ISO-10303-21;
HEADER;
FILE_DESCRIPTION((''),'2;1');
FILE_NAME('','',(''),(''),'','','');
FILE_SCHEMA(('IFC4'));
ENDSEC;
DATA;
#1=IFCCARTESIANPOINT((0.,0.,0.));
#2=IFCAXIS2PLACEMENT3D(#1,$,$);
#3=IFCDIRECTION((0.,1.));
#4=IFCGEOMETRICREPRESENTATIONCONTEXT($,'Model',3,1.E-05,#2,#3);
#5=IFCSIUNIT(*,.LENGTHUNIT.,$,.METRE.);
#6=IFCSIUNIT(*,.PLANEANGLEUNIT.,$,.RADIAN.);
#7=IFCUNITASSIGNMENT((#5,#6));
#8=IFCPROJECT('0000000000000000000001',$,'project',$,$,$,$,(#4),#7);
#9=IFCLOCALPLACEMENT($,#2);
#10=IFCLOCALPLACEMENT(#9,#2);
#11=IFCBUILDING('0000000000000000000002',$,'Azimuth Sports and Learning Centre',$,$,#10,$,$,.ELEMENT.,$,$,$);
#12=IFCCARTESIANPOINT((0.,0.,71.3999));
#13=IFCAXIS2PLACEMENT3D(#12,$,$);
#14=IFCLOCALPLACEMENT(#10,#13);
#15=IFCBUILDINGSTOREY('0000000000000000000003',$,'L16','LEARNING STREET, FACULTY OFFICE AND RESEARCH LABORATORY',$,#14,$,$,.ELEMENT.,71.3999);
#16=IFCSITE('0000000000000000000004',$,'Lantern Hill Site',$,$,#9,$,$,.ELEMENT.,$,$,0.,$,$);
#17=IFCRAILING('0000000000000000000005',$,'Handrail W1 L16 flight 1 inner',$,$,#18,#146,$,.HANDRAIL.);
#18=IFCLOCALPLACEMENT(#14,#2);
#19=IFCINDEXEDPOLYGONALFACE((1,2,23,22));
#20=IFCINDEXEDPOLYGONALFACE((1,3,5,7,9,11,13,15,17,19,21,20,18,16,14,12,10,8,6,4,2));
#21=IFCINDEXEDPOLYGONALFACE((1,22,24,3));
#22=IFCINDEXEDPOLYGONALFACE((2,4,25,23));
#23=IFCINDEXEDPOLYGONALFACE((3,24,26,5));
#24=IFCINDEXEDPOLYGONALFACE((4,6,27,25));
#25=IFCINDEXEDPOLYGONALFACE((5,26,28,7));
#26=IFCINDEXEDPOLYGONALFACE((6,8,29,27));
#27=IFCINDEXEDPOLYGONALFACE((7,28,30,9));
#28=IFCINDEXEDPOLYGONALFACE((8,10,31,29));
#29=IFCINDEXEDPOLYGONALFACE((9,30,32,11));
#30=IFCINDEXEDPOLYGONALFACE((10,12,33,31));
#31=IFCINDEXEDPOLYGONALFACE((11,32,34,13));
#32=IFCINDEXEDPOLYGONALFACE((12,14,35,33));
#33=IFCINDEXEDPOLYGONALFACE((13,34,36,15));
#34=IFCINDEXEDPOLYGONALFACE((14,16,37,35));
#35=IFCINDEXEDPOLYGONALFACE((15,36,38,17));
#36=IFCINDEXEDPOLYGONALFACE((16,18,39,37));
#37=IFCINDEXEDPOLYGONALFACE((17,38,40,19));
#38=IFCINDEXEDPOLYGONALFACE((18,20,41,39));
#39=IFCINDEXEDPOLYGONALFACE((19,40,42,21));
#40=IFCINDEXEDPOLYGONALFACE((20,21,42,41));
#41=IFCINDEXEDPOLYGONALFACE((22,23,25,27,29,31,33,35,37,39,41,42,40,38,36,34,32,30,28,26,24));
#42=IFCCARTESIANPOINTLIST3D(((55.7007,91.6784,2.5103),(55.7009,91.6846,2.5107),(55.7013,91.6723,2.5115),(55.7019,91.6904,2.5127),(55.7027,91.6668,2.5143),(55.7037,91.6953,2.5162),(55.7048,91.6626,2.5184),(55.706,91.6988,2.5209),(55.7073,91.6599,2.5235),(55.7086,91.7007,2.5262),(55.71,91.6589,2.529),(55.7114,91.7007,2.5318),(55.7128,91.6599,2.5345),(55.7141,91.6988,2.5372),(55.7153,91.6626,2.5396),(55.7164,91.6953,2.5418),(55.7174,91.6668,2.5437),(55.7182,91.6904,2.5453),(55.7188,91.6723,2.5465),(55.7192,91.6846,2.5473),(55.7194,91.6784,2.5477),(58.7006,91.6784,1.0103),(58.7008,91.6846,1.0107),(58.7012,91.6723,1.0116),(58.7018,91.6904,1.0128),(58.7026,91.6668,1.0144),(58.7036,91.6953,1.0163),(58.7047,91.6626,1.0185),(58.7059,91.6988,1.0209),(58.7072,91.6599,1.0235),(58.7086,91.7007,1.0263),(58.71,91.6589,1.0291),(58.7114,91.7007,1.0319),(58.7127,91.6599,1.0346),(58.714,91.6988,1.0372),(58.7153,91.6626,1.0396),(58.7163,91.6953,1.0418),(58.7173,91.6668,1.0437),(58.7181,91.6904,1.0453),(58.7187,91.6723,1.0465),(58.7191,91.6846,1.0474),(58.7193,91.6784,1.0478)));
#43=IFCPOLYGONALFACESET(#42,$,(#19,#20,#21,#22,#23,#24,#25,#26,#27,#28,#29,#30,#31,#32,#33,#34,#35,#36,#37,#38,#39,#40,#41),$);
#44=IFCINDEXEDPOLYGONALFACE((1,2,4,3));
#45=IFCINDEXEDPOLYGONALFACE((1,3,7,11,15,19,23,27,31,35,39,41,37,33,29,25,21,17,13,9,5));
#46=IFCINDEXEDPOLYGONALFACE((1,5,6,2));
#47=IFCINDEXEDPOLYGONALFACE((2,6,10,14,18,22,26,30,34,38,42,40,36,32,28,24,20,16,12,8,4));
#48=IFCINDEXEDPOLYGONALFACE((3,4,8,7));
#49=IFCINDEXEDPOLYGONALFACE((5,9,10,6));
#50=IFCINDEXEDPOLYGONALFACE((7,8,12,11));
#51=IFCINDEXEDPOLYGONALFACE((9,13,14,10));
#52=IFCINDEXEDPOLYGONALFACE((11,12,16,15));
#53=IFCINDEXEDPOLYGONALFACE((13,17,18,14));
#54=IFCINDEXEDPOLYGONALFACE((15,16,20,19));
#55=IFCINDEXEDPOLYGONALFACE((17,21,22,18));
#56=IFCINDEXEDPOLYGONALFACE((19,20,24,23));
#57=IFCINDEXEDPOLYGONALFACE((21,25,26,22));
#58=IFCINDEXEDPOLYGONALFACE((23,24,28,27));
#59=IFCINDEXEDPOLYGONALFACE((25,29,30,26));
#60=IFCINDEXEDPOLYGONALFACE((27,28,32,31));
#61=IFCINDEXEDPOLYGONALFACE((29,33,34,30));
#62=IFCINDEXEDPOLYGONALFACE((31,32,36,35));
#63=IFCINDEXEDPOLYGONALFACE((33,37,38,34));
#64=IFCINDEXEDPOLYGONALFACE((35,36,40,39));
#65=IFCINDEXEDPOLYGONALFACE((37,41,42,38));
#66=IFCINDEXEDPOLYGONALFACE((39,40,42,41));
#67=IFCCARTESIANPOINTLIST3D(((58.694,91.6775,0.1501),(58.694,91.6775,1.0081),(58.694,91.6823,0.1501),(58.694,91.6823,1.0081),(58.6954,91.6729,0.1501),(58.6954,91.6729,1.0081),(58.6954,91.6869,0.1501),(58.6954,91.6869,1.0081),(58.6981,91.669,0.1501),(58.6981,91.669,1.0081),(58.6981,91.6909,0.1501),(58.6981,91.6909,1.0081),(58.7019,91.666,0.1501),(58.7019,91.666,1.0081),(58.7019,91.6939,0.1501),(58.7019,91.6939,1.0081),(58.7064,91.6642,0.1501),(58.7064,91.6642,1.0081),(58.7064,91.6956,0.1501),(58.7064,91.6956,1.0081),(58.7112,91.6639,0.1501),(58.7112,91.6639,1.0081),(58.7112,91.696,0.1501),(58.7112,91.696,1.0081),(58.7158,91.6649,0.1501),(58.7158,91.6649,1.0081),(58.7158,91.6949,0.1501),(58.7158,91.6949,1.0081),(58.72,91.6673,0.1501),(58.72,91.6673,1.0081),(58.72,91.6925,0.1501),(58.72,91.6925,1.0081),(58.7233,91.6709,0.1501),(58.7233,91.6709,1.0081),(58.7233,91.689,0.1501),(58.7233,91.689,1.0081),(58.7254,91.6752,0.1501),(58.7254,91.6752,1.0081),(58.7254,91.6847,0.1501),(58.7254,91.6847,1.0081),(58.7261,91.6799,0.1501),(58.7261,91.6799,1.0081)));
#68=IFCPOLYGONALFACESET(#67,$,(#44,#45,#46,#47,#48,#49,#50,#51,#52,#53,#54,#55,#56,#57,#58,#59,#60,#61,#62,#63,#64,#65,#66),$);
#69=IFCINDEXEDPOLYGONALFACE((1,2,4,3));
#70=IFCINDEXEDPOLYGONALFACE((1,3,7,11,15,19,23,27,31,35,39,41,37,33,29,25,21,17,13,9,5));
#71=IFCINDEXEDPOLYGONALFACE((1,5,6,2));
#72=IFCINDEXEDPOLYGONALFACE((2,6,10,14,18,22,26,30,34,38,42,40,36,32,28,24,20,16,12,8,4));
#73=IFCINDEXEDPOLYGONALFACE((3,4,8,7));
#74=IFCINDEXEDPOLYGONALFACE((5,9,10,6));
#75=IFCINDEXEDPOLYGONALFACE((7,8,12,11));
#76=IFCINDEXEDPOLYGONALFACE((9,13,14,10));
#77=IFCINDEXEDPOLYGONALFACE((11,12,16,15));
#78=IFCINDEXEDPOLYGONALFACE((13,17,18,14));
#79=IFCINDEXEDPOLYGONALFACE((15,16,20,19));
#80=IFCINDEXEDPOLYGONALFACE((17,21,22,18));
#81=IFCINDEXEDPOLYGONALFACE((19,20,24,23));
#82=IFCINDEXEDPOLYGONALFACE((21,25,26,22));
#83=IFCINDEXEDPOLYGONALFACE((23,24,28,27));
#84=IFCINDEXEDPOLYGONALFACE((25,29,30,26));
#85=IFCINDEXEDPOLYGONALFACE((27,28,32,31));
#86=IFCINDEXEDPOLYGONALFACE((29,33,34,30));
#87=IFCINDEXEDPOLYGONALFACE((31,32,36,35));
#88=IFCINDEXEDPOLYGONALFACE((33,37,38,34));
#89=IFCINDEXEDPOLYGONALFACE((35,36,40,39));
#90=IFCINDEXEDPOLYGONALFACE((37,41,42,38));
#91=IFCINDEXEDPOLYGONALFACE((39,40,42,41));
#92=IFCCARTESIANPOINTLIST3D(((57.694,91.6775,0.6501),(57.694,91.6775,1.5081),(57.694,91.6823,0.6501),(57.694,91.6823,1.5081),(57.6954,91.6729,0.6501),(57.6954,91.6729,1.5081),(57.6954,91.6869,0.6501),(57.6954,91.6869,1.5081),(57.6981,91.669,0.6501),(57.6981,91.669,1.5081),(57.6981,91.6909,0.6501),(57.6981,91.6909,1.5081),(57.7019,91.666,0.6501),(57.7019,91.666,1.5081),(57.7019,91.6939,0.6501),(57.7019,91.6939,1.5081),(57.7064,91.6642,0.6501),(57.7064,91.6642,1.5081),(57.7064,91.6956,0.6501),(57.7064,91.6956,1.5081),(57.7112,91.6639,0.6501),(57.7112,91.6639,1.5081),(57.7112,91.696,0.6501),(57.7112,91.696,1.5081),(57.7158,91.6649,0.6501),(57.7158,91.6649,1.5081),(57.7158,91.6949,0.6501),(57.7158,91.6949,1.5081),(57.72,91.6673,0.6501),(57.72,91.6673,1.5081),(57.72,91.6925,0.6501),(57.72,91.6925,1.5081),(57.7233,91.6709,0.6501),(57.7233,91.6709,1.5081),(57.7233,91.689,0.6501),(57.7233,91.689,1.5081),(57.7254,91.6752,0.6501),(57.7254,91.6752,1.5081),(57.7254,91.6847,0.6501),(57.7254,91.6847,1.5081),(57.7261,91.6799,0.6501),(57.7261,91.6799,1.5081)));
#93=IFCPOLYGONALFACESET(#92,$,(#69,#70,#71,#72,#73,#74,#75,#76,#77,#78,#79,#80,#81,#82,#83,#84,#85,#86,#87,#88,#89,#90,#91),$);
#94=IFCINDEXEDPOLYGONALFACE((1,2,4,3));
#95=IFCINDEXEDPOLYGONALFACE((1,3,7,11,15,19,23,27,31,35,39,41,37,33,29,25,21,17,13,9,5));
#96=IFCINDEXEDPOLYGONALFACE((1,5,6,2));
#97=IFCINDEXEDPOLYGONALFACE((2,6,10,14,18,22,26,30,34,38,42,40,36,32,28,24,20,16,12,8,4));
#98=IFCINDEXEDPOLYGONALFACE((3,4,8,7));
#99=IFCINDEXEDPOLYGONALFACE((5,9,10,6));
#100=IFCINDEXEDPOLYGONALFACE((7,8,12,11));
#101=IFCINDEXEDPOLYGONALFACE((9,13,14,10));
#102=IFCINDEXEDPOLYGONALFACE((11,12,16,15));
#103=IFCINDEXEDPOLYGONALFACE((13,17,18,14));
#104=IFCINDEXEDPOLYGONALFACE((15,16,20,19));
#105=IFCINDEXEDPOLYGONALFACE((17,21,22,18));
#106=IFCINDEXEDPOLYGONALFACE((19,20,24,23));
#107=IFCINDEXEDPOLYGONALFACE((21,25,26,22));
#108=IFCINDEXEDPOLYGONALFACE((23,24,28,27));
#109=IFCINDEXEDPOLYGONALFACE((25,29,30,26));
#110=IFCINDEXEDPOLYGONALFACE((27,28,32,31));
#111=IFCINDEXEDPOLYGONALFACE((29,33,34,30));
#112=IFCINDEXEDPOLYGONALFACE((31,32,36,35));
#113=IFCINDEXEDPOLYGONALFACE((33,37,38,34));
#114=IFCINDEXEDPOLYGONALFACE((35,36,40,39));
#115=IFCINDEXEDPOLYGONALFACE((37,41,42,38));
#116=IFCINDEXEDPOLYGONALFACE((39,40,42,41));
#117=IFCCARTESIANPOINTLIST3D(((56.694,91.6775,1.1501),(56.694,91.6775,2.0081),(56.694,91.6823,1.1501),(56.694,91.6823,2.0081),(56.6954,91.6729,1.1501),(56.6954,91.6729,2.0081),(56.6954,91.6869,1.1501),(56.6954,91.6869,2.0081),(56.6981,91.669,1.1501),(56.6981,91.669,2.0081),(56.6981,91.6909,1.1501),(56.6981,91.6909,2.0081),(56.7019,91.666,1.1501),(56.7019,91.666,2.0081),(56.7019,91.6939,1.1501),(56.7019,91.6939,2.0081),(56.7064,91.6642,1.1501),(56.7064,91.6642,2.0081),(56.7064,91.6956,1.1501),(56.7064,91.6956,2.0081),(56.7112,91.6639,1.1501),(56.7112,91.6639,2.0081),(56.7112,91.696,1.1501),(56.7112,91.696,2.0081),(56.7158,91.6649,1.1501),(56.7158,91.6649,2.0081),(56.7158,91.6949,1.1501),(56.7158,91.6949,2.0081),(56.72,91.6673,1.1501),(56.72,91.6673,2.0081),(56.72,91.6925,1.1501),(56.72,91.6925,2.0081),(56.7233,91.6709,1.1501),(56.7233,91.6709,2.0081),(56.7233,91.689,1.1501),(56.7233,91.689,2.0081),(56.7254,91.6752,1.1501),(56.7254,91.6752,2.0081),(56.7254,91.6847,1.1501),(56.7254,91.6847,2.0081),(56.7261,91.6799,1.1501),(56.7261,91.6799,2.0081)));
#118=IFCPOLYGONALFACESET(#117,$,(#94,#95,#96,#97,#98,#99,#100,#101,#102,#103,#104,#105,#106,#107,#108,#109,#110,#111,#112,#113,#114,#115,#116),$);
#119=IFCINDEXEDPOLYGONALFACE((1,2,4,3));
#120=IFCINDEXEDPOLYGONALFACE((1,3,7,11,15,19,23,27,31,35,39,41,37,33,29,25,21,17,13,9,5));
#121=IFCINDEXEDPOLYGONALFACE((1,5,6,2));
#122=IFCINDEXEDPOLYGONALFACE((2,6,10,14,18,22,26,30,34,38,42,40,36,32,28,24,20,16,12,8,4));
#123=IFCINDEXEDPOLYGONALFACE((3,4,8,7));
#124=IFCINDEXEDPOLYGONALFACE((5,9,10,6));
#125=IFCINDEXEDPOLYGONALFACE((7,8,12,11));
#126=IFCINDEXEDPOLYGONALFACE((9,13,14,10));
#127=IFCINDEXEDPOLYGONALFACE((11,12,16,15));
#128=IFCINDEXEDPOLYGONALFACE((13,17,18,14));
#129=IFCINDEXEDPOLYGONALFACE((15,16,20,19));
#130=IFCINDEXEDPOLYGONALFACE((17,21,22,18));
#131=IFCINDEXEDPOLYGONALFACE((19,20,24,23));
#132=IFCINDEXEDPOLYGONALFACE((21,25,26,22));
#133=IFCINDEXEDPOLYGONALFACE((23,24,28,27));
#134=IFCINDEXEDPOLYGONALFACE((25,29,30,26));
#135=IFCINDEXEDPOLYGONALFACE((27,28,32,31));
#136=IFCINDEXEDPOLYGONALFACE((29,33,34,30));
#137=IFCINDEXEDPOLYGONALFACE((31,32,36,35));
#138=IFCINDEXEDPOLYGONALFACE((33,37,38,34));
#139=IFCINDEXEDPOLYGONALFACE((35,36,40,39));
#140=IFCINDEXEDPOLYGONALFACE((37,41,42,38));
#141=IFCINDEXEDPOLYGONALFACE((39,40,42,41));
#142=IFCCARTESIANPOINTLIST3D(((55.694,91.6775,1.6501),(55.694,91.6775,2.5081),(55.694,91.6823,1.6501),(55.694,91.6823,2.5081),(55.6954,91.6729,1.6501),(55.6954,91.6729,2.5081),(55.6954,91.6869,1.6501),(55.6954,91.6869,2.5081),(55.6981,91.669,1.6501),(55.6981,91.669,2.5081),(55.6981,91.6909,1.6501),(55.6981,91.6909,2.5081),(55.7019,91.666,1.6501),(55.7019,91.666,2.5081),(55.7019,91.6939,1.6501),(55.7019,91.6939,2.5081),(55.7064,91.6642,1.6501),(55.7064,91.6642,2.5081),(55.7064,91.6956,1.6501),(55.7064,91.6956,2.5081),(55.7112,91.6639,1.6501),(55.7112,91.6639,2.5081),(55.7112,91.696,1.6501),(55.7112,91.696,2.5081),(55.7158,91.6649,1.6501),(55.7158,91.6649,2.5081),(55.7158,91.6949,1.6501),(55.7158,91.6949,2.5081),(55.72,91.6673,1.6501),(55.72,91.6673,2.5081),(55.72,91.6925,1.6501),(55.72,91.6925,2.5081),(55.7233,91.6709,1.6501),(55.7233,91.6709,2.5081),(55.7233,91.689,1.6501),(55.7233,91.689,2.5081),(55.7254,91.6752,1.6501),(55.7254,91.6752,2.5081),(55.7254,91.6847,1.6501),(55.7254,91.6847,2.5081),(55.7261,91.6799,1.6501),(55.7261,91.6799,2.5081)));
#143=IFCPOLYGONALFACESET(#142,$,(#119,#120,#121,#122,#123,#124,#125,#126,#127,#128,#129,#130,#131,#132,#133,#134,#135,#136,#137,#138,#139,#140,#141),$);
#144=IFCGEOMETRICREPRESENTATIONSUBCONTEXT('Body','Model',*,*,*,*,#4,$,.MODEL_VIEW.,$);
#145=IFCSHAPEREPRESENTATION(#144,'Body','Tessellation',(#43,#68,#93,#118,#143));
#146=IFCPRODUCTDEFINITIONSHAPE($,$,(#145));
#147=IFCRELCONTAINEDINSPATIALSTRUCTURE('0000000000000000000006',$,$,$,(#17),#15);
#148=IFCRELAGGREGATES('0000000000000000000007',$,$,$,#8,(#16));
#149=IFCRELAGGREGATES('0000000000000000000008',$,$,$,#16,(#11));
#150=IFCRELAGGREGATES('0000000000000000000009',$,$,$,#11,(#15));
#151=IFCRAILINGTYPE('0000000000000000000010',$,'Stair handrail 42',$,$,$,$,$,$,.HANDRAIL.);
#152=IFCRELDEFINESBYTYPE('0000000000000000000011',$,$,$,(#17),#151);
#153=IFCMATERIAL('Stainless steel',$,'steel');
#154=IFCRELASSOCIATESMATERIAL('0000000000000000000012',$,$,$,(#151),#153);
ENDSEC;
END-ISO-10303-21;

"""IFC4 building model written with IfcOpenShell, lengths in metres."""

from ifc_helpers import new_model, si_unit, direction, frame, origin, origin_2d, place, context, subcontext, project, spatial, circle, extrude, material, type_object, element, save


model = new_model("IFC4")

# Units and contexts
model_context = context("Model", 3, precision=1e-05, world=origin(), true_north=direction((0.0, 1.0)))
body_context = subcontext(model_context, "Body", "Model", "MODEL_VIEW")
ifc_project = project(units=[si_unit("LENGTHUNIT", "METRE"), si_unit("PLANEANGLEUNIT", "RADIAN")], contexts=[model_context])

# Site, building, storey
site_placement = place(None, origin())
site = spatial("IfcSite", under=ifc_project, at=site_placement, Name="Lantern Hill Site", CompositionType="ELEMENT", RefElevation=0.0)
building_placement = place(site_placement, origin())
building = spatial("IfcBuilding", under=site, at=building_placement, Name="Azimuth Sports and Learning Centre", CompositionType="ELEMENT")
storey_placement = place(building_placement, frame((0.0, 0.0, 71.3999)))
storey = spatial("IfcBuildingStorey", under=building, at=storey_placement, Name="L16", Description="LEARNING STREET, FACULTY OFFICE AND RESEARCH LABORATORY", CompositionType="ELEMENT", Elevation=71.3999)

# Railing
ifc_material_1 = material(Name="Stainless steel", Category="steel")
railing_type_1 = type_object("IfcRailingType", Name="Stair handrail 42", PredefinedType="HANDRAIL", material=ifc_material_1)
for number, where, name in (
    (1, (58.71, 91.6799, 0.1501), "Handrail W1 L16 flight 1 inner"),
):
    element("IfcRailing", number, at=place(storey_placement, frame(where)), inside=storey, type_object=railing_type_1, Name=name, PredefinedType="HANDRAIL", context=body_context, shape_type="SweptSolid", body=[
        extrude(circle(Radius=0.021, at=origin_2d()), frame((0.0, 0.0, 0.8789), z_axis=(-0.894427, 0.0, 0.447214), x_axis=(0.0, -1.0, 0.0)), (0.0, 0.0, 1.0), 3.354),
        extrude(circle(Radius=0.0161, at=origin_2d()), origin(), (0.0, 0.0, 1.0), 0.8579),
        extrude(circle(Radius=0.0161, at=origin_2d()), frame((-1.0, 0.0, 0.5)), (0.0, 0.0, 1.0), 0.8579),
        extrude(circle(Radius=0.0161, at=origin_2d()), frame((-2.0, 0.0, 1.0)), (0.0, 0.0, 1.0), 0.8579),
        extrude(circle(Radius=0.0161, at=origin_2d()), frame((-3.0, 0.0, 1.5)), (0.0, 0.0, 1.0), 0.8579),
    ])

save(model, "model.ifc")
